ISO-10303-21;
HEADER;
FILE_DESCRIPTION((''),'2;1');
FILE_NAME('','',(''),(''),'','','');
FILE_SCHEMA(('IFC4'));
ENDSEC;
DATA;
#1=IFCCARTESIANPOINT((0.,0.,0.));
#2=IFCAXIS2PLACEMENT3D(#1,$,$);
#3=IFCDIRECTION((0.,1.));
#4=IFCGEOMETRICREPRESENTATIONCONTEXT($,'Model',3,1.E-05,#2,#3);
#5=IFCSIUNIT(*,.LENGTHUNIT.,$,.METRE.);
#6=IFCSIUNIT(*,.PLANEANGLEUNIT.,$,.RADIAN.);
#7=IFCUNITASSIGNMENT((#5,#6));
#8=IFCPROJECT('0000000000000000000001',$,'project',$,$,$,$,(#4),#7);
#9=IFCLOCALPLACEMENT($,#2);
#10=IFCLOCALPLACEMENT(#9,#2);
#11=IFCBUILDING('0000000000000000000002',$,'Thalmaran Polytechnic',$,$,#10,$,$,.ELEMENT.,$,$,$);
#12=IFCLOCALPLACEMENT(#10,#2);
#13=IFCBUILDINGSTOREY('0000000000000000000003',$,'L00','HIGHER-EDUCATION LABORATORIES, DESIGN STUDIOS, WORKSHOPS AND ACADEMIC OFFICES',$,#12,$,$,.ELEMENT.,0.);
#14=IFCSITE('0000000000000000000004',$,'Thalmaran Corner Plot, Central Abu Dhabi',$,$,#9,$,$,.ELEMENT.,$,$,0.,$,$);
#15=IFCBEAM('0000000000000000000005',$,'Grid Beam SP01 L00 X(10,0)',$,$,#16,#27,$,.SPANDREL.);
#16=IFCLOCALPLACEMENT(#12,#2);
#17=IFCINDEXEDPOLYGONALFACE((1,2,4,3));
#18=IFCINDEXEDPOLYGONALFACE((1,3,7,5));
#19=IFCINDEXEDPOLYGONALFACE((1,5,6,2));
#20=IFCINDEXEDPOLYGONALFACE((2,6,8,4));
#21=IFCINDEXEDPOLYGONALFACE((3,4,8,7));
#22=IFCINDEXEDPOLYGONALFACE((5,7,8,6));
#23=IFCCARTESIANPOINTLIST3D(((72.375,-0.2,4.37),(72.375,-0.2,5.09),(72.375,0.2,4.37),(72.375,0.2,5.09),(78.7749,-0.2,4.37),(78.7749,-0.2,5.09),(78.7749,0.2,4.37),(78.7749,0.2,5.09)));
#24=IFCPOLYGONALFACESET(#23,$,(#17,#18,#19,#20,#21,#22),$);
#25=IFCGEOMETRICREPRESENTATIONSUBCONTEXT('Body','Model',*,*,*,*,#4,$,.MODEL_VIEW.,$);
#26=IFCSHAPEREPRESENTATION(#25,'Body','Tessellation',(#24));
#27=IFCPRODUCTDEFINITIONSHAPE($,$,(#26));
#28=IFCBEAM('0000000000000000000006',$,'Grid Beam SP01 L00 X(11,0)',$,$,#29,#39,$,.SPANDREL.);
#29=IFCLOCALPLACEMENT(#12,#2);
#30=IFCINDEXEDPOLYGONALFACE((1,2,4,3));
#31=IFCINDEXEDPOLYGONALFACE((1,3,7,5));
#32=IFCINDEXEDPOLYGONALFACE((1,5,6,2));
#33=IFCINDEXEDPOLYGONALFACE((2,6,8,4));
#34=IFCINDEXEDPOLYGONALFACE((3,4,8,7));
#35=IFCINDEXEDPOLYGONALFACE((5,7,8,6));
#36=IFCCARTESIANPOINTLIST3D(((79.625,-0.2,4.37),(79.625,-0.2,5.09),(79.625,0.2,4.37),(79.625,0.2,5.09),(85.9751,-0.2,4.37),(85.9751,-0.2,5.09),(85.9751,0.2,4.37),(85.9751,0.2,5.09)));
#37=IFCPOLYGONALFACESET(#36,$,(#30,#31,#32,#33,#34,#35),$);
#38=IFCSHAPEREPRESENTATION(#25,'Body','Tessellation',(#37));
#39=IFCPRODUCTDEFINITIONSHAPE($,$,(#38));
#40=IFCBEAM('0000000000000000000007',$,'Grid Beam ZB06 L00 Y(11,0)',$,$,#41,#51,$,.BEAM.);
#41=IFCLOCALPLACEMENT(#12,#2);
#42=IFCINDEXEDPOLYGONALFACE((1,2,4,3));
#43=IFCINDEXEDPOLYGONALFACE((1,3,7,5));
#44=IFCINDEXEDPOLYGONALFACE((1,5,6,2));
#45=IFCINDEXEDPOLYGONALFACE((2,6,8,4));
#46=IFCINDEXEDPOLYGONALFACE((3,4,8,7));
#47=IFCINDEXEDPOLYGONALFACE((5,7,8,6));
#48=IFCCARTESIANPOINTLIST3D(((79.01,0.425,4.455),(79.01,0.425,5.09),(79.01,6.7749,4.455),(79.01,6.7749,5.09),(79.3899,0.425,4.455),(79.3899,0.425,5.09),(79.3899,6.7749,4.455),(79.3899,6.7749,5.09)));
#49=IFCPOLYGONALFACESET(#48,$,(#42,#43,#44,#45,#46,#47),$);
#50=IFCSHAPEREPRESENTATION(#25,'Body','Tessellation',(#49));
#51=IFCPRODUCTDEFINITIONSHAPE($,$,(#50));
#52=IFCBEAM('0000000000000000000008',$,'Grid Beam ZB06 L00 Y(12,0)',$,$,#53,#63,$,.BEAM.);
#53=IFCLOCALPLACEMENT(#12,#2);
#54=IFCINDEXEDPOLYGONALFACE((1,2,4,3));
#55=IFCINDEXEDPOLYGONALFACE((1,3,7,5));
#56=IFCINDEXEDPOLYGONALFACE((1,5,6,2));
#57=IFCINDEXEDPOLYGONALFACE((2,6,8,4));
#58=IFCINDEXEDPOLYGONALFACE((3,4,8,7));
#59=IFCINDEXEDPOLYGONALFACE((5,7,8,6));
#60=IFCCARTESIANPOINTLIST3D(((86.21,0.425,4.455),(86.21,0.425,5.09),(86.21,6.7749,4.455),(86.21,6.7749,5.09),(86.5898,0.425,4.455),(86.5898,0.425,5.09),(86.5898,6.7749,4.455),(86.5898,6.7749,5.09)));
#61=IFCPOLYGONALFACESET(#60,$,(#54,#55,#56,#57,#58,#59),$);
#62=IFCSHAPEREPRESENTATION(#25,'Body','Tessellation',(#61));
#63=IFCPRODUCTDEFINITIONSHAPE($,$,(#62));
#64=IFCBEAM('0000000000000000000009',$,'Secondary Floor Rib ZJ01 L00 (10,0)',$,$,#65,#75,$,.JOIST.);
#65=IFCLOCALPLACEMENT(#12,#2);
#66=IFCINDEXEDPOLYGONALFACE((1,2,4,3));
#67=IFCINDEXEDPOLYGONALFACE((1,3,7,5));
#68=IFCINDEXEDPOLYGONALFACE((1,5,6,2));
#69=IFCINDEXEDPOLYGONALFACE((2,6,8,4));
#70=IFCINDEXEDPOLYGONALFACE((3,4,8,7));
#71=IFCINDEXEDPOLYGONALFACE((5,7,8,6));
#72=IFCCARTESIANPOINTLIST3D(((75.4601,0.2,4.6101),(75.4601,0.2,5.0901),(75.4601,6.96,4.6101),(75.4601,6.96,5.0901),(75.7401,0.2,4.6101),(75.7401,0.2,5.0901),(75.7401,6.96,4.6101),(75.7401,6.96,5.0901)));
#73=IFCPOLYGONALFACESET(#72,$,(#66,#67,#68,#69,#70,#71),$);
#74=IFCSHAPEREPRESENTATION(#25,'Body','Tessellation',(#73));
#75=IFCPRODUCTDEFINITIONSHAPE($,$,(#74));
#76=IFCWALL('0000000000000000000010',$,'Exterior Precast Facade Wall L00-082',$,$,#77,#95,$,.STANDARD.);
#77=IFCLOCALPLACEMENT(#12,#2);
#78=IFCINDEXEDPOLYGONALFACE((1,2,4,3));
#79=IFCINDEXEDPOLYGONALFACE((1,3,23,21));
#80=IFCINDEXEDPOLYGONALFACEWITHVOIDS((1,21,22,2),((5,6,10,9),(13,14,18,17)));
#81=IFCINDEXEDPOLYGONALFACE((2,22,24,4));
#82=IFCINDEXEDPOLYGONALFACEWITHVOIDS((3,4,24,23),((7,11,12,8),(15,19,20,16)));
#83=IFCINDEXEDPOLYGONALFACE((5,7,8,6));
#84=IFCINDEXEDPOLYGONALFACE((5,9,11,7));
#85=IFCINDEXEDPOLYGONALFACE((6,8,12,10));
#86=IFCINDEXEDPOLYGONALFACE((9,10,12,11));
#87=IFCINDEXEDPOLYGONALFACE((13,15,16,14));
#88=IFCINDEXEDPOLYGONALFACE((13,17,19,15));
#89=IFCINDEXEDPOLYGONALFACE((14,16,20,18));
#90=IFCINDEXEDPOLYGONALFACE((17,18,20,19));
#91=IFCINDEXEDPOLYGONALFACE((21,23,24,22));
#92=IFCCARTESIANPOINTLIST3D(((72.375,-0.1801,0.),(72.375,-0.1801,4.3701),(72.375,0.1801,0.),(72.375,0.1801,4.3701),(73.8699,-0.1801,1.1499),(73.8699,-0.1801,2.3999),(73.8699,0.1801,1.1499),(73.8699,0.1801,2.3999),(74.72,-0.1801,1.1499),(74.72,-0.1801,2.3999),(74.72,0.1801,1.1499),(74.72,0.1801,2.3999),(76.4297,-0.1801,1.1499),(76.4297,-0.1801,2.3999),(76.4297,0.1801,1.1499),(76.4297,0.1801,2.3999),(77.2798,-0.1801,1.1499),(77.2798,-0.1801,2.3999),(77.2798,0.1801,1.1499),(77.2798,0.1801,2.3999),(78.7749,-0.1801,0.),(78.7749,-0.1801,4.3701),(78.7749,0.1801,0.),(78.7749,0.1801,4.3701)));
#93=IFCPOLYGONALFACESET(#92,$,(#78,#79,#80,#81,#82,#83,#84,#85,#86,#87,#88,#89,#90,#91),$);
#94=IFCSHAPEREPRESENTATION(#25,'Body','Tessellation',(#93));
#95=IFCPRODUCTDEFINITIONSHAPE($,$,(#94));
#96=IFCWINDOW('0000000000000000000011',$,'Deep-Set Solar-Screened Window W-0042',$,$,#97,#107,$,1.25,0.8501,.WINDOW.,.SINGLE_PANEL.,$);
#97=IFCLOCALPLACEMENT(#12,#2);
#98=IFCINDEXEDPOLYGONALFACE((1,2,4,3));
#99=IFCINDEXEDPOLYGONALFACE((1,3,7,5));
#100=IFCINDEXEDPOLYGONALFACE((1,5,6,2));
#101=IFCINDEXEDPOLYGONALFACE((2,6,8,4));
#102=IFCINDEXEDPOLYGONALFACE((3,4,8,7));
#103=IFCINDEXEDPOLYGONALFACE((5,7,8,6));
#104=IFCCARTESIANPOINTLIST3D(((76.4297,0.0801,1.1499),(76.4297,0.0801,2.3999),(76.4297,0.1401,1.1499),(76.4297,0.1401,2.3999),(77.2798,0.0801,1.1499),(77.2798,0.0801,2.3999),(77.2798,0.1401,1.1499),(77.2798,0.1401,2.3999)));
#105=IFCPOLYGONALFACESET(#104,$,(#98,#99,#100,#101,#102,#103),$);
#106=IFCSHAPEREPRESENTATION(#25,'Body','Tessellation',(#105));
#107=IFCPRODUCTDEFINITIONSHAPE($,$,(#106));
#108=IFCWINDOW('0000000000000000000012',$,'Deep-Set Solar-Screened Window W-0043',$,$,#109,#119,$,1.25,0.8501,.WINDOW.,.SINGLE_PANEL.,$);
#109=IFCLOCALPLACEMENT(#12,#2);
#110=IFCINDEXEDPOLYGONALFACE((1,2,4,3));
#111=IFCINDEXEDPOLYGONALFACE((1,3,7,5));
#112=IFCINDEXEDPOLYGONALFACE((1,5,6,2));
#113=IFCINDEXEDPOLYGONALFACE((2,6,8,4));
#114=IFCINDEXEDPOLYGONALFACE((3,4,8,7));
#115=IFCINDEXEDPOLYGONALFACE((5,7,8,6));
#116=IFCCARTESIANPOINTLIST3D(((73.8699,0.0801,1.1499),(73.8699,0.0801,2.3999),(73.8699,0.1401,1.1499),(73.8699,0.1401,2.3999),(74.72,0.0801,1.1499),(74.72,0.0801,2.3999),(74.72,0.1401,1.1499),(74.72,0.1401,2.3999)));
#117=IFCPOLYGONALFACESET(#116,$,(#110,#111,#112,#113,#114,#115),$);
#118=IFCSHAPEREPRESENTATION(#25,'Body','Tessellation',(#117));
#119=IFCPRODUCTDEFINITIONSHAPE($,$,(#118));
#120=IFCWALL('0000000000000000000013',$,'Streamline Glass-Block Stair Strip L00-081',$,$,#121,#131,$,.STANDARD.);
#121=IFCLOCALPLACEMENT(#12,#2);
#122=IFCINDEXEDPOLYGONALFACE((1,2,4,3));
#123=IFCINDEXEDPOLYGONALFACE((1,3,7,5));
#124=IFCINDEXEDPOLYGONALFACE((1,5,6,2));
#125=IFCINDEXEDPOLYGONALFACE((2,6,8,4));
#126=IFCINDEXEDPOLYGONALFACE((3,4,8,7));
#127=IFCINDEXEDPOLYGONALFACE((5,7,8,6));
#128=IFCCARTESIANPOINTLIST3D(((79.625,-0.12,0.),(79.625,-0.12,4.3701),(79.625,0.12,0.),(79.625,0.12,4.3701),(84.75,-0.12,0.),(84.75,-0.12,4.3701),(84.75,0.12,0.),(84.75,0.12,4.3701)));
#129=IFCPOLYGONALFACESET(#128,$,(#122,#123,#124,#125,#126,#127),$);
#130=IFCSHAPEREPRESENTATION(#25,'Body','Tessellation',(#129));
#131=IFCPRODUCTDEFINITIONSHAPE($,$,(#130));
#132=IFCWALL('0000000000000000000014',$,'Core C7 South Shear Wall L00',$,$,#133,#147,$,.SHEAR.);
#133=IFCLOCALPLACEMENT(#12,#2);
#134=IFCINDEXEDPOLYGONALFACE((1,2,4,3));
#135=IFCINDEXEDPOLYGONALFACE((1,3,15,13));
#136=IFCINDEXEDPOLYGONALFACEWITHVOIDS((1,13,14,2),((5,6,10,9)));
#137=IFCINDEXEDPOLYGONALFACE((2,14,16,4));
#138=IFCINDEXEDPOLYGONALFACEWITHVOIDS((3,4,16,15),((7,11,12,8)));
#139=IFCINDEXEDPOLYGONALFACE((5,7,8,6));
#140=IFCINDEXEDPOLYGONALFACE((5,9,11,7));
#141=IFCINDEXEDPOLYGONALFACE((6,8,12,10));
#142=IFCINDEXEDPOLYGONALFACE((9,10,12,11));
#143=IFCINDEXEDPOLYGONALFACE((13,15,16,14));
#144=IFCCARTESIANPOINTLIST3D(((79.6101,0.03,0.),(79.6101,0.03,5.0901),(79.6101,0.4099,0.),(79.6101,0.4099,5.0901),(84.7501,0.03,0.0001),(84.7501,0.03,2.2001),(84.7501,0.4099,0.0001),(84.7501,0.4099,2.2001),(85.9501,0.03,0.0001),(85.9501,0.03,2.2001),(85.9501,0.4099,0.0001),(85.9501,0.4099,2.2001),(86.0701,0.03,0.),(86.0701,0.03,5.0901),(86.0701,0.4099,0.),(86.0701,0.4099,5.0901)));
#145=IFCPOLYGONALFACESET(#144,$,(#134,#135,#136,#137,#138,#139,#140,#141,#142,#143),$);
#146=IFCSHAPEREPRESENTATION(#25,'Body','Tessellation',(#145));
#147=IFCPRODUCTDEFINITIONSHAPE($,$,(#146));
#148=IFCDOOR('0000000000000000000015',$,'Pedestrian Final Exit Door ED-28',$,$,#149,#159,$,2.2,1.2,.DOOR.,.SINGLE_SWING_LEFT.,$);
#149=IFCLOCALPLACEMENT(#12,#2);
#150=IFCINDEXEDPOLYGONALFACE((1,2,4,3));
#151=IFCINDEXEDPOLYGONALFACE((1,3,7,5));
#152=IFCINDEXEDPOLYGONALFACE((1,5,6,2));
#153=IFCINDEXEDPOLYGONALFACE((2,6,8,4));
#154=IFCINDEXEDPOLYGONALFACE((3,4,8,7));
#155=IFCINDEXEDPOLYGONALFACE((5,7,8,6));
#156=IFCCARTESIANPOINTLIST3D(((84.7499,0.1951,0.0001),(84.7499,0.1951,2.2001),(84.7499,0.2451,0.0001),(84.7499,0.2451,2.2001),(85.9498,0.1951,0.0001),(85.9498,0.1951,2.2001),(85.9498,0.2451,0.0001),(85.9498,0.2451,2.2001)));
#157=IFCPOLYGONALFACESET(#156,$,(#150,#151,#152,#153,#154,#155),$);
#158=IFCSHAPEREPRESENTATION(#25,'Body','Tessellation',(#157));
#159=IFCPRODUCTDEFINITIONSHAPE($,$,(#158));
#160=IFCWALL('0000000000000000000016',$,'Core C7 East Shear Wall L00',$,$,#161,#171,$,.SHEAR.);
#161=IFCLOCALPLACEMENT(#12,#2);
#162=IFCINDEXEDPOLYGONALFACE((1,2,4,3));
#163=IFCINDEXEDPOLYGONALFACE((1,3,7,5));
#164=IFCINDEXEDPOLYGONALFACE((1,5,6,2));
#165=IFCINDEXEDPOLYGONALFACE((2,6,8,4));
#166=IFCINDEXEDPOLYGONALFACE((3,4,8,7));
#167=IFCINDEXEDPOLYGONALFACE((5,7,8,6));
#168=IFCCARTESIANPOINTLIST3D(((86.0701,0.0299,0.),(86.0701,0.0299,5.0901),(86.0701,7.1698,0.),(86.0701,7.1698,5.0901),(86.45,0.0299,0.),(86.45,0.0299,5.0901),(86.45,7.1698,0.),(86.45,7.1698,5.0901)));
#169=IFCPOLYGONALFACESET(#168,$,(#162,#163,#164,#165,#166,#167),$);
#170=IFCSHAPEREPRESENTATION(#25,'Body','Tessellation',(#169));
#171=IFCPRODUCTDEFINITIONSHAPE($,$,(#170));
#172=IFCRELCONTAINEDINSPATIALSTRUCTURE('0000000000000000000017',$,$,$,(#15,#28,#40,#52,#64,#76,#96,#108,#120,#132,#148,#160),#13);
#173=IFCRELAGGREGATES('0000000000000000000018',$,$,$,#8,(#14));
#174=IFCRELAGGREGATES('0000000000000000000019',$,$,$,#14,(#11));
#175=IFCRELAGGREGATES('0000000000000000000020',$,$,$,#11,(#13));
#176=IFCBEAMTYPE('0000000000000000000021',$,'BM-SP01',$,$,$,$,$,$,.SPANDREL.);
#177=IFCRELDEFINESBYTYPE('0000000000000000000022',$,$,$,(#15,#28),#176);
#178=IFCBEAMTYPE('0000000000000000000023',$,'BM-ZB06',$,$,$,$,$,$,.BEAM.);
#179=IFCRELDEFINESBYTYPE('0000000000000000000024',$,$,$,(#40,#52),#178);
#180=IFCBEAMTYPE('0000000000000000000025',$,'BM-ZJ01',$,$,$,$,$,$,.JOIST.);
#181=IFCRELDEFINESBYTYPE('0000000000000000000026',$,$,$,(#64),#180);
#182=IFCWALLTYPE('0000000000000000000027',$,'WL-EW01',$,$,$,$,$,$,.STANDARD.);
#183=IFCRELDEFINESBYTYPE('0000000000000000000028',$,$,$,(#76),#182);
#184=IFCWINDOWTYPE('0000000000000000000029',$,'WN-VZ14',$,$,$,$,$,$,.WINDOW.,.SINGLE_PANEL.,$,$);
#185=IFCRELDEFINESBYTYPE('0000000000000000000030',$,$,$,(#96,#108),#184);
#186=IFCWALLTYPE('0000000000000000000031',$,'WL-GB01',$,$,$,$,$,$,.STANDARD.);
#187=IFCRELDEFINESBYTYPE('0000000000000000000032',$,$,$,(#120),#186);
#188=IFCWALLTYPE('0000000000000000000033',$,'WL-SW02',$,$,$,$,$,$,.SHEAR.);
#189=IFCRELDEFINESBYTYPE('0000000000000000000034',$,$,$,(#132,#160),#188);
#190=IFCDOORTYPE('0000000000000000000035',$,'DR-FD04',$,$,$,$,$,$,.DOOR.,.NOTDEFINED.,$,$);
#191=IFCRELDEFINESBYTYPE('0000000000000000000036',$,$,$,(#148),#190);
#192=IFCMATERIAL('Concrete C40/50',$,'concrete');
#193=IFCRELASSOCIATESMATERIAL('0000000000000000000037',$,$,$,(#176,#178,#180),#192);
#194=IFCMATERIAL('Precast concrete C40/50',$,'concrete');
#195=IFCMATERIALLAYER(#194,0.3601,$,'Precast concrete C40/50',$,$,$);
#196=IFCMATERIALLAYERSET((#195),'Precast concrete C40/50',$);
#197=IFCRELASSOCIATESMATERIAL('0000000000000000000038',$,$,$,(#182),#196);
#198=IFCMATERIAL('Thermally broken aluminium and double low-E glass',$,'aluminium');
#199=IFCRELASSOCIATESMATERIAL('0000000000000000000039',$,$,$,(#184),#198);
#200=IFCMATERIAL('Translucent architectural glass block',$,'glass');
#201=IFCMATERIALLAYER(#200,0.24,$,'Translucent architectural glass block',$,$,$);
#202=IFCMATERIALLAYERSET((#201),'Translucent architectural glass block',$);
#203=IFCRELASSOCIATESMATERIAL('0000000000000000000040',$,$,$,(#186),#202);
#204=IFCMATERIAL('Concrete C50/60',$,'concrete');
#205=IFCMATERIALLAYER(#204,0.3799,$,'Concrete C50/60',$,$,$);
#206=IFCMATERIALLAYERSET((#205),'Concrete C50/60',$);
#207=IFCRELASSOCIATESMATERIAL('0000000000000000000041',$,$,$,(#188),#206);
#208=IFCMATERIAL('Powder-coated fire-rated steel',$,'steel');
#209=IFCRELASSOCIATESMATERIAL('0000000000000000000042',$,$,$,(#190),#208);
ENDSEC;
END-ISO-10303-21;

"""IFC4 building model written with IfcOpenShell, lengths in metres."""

from ifc_helpers import new_model, si_unit, direction, frame, frame_2d, origin, origin_2d, place, context, subcontext, project, spatial, rectangle, extrude, material, layer, layer_set, material_profile, profile_set, type_object, element, fill, save


model = new_model("IFC4")

# Units and contexts
model_context = context("Model", 3, precision=1e-05, world=origin(), true_north=direction((0.0, 1.0)))
body_context = subcontext(model_context, "Body", "Model", "MODEL_VIEW")
ifc_project = project(units=[si_unit("LENGTHUNIT", "METRE"), si_unit("PLANEANGLEUNIT", "RADIAN")], contexts=[model_context])

# Site, building, storey
site_placement = place(None, origin())
site = spatial("IfcSite", under=ifc_project, at=site_placement, Name="Thalmaran Corner Plot, Central Abu Dhabi", CompositionType="ELEMENT", RefElevation=0.0)
building_placement = place(site_placement, origin())
building = spatial("IfcBuilding", under=site, at=building_placement, Name="Thalmaran Polytechnic", CompositionType="ELEMENT")
storey_placement = place(building_placement, origin())
storey = spatial("IfcBuildingStorey", under=building, at=storey_placement, Name="L00", Description="HIGHER-EDUCATION LABORATORIES, DESIGN STUDIOS, WORKSHOPS AND ACADEMIC OFFICES", CompositionType="ELEMENT", Elevation=0.0)

# Shared definitions
ifc_material_1 = material(Name="Concrete C40/50", Category="concrete")

# Shared definitions
ifc_material_2 = material(Name="Concrete C50/60", Category="concrete")

# Beams
ifc_material_profile_1 = material_profile(ifc_material_1, rectangle(XDim=0.3999, YDim=0.72, at=origin_2d()), Name="RC 400x720")
ifc_profile_set_1 = profile_set([ifc_material_profile_1], Name="Concrete C40/50")
beam_type_1 = type_object("IfcBeamType", Name="BM-SP01", PredefinedType="SPANDREL", material=ifc_profile_set_1)
beam_1_placement = place(storey_placement, frame((72.375, 0.0, 4.73), z_axis=(1.0, 0.0, 0.0), x_axis=(0.0, 1.0, 0.0)))
element("IfcBeam", 1, at=beam_1_placement, inside=storey, type_object=beam_type_1, Name="Grid Beam SP01 L00 X(10,0)", PredefinedType="SPANDREL", context=body_context, shape_type="SweptSolid", body=[
    extrude(rectangle(XDim=0.3999, YDim=0.72, at=origin_2d()), origin(), (0.0, 0.0, 1.0), 6.3999),
])
beam_2_placement = place(storey_placement, frame((79.625, 0.0, 4.73), z_axis=(1.0, 0.0, 0.0), x_axis=(0.0, 1.0, 0.0)))
element("IfcBeam", 2, at=beam_2_placement, inside=storey, type_object=beam_type_1, Name="Grid Beam SP01 L00 X(11,0)", PredefinedType="SPANDREL", context=body_context, shape_type="SweptSolid", body=[
    extrude(rectangle(XDim=0.3999, YDim=0.72, at=origin_2d()), origin(), (0.0, 0.0, 1.0), 6.3501),
])
ifc_material_profile_2 = material_profile(ifc_material_1, rectangle(XDim=0.3799, YDim=0.635, at=origin_2d()), Name="RC 380x635")
ifc_profile_set_2 = profile_set([ifc_material_profile_2], Name="Concrete C40/50")
beam_type_2 = type_object("IfcBeamType", Name="BM-ZB06", PredefinedType="BEAM", material=ifc_profile_set_2)
for number, where, z_axis, x_axis, name in (
    (3, (79.2, 0.425, 4.7725), (0.0, 1.0, 0.0), (-1.0, 0.0, 0.0), "Grid Beam ZB06 L00 Y(11,0)"),
    (4, (86.3999, 0.425, 4.7725), (0.0, 1.0, 0.0), (-1.0, 0.0, 0.0), "Grid Beam ZB06 L00 Y(12,0)"),
):
    element("IfcBeam", number, at=place(storey_placement, frame(where, z_axis=z_axis, x_axis=x_axis)), inside=storey, type_object=beam_type_2, Name=name, PredefinedType="BEAM", context=body_context, shape_type="SweptSolid", body=[
        extrude(rectangle(XDim=0.3799, YDim=0.635, at=origin_2d()), origin(), (0.0, 0.0, 1.0), 6.3499),
    ])
ifc_material_profile_3 = material_profile(ifc_material_1, rectangle(XDim=0.28, YDim=0.48, at=origin_2d()), Name="RC 280x480")
ifc_profile_set_3 = profile_set([ifc_material_profile_3], Name="Concrete C40/50")
beam_type_3 = type_object("IfcBeamType", Name="BM-ZJ01", PredefinedType="JOIST", material=ifc_profile_set_3)
beam_3_placement = place(storey_placement, frame((75.6001, 0.2, 4.8501), z_axis=(0.0, 1.0, 0.0), x_axis=(-1.0, 0.0, 0.0)))
element("IfcBeam", 5, at=beam_3_placement, inside=storey, type_object=beam_type_3, Name="Secondary Floor Rib ZJ01 L00 (10,0)", PredefinedType="JOIST", context=body_context, shape_type="SweptSolid", body=[
    extrude(rectangle(XDim=0.28, YDim=0.48, at=origin_2d()), origin(), (0.0, 0.0, 1.0), 6.76),
])

# Wall, openings, windows
ifc_material_3 = material(Name="Precast concrete C40/50", Category="concrete")
ifc_layer_1 = layer(ifc_material_3, 0.3601, Name="Precast concrete C40/50")
ifc_layer_set_1 = layer_set([ifc_layer_1], Name="Precast concrete C40/50")
wall_type_1 = type_object("IfcWallType", Name="WL-EW01", PredefinedType="STANDARD", material=ifc_layer_set_1)
wall_1_placement = place(storey_placement, frame((78.7749, 0.0, 0.0), z_axis=(0.0, 0.0, 1.0), x_axis=(-1.0, 0.0, 0.0)))
wall_1 = element("IfcWall", 6, at=wall_1_placement, inside=storey, type_object=wall_type_1, Name="Exterior Precast Facade Wall L00-082", PredefinedType="STANDARD", context=body_context, shape_type="SweptSolid", body=[
    extrude(rectangle(XDim=6.3999, YDim=0.3601, at=frame_2d((3.2, 0.0))), origin(), (0.0, 0.0, 1.0), 4.3701),
])
opening_1_placement = place(wall_1_placement, frame((1.4951, 0.0, 1.1499)))
opening_1 = element("IfcOpeningElement", 7, at=opening_1_placement, cuts=wall_1, PredefinedType="OPENING", context=body_context, shape_type="SweptSolid", body=[
    extrude(rectangle(XDim=0.8501, YDim=1.25, at=frame_2d((0.425, 0.625))), frame((0.0, 0.1899, 0.0), z_axis=(0.0, -1.0, 0.0), x_axis=(1.0, 0.0, 0.0)), (0.0, 0.0, 1.0), 0.3801),
])
opening_2_placement = place(wall_1_placement, frame((4.0549, 0.0, 1.1499)))
opening_2 = element("IfcOpeningElement", 8, at=opening_2_placement, cuts=wall_1, PredefinedType="OPENING", context=body_context, shape_type="SweptSolid", body=[
    extrude(rectangle(XDim=0.8501, YDim=1.25, at=frame_2d((0.425, 0.625))), frame((0.0, 0.1899, 0.0), z_axis=(0.0, -1.0, 0.0), x_axis=(1.0, 0.0, 0.0)), (0.0, 0.0, 1.0), 0.3801),
])
ifc_material_4 = material(Name="Thermally broken aluminium and double low-E glass", Category="aluminium")
window_type = type_object("IfcWindowType", Name="WN-VZ14", PartitioningType="SINGLE_PANEL", PredefinedType="WINDOW", material=ifc_material_4)
window_1_placement = place(opening_1_placement, origin())
window_1 = element("IfcWindow", 9, at=window_1_placement, inside=storey, type_object=window_type, Name="Deep-Set Solar-Screened Window W-0042", OverallHeight=1.25, OverallWidth=0.8501, PartitioningType="SINGLE_PANEL", PredefinedType="WINDOW", context=body_context, shape_type="SweptSolid", body=[
    extrude(rectangle(XDim=0.8501, YDim=1.25, at=frame_2d((0.425, 0.625))), frame((0.0, -0.0801, 0.0), z_axis=(0.0, -1.0, 0.0), x_axis=(1.0, 0.0, 0.0)), (0.0, 0.0, 1.0), 0.0601),
])
fill(opening_1, window_1)
window_2_placement = place(opening_2_placement, origin())
window_2 = element("IfcWindow", 10, at=window_2_placement, inside=storey, type_object=window_type, Name="Deep-Set Solar-Screened Window W-0043", OverallHeight=1.25, OverallWidth=0.8501, PartitioningType="SINGLE_PANEL", PredefinedType="WINDOW", context=body_context, shape_type="SweptSolid", body=[
    extrude(rectangle(XDim=0.8501, YDim=1.25, at=frame_2d((0.425, 0.625))), frame((0.0, -0.0801, 0.0), z_axis=(0.0, -1.0, 0.0), x_axis=(1.0, 0.0, 0.0)), (0.0, 0.0, 1.0), 0.0601),
])
fill(opening_2, window_2)

# Wall
ifc_material_5 = material(Name="Translucent architectural glass block", Category="glass")
ifc_layer_2 = layer(ifc_material_5, 0.24, Name="Translucent architectural glass block")
ifc_layer_set_2 = layer_set([ifc_layer_2], Name="Translucent architectural glass block")
wall_type_2 = type_object("IfcWallType", Name="WL-GB01", PredefinedType="STANDARD", material=ifc_layer_set_2)
wall_2_placement = place(storey_placement, frame((84.75, 0.0, 0.0), z_axis=(0.0, 0.0, 1.0), x_axis=(-1.0, 0.0, 0.0)))
element("IfcWall", 11, at=wall_2_placement, inside=storey, type_object=wall_type_2, Name="Streamline Glass-Block Stair Strip L00-081", PredefinedType="STANDARD", context=body_context, shape_type="SweptSolid", body=[
    extrude(rectangle(XDim=5.125, YDim=0.24, at=frame_2d((2.5625, 0.0))), origin(), (0.0, 0.0, 1.0), 4.3701),
])

# Wall, opening, door
ifc_layer_3 = layer(ifc_material_2, 0.3799, Name="Concrete C50/60")
ifc_layer_set_3 = layer_set([ifc_layer_3], Name="Concrete C50/60")
wall_type_3 = type_object("IfcWallType", Name="WL-SW02", PredefinedType="SHEAR", material=ifc_layer_set_3)
wall_3_placement = place(storey_placement, frame((79.6101, 0.22, 0.0), z_axis=(0.0, 0.0, 1.0), x_axis=(1.0, 0.0, 0.0)))
wall_3 = element("IfcWall", 12, at=wall_3_placement, inside=storey, type_object=wall_type_3, Name="Core C7 South Shear Wall L00", PredefinedType="SHEAR", context=body_context, shape_type="SweptSolid", body=[
    extrude(rectangle(XDim=6.46, YDim=0.3799, at=frame_2d((3.23, 0.0))), origin(), (0.0, 0.0, 1.0), 5.0901),
])
opening_3_placement = place(wall_3_placement, frame((5.1399, 0.0, 0.0)))
opening_3 = element("IfcOpeningElement", 13, at=opening_3_placement, cuts=wall_3, PredefinedType="OPENING", context=body_context, shape_type="SweptSolid", body=[
    extrude(rectangle(XDim=1.2, YDim=2.2, at=frame_2d((0.6001, 1.1001))), frame((0.0, 0.2, 0.0), z_axis=(0.0, -1.0, 0.0), x_axis=(1.0, 0.0, 0.0)), (0.0, 0.0, 1.0), 0.3999),
])
ifc_material_6 = material(Name="Powder-coated fire-rated steel", Category="steel")
door_type = type_object("IfcDoorType", Name="DR-FD04", OperationType="NOTDEFINED", PredefinedType="DOOR", material=ifc_material_6)
door_placement = place(opening_3_placement, frame((1.2, 0.0, 0.0), z_axis=(0.0, 0.0, 1.0), x_axis=(-1.0, 0.0, 0.0)))
door = element("IfcDoor", 14, at=door_placement, inside=storey, type_object=door_type, Name="Pedestrian Final Exit Door ED-28", OperationType="SINGLE_SWING_LEFT", OverallHeight=2.2, OverallWidth=1.2, PredefinedType="DOOR", context=body_context, shape_type="SweptSolid", body=[
    extrude(rectangle(XDim=1.2, YDim=2.2, at=frame_2d((0.6001, 1.1001))), frame((0.0, 0.0249, 0.0), z_axis=(0.0, -1.0, 0.0), x_axis=(1.0, 0.0, 0.0)), (0.0, 0.0, 1.0), 0.05),
])
fill(opening_3, door)

# Wall
wall_4_placement = place(storey_placement, frame((86.26, 0.03, 0.0), z_axis=(0.0, 0.0, 1.0), x_axis=(0.0, 1.0, 0.0)))
element("IfcWall", 15, at=wall_4_placement, inside=storey, type_object=wall_type_3, Name="Core C7 East Shear Wall L00", PredefinedType="SHEAR", context=body_context, shape_type="SweptSolid", body=[
    extrude(rectangle(XDim=7.1399, YDim=0.3799, at=frame_2d((3.5698, 0.0))), origin(), (0.0, 0.0, 1.0), 5.0901),
])

save(model, "model.ifc")
